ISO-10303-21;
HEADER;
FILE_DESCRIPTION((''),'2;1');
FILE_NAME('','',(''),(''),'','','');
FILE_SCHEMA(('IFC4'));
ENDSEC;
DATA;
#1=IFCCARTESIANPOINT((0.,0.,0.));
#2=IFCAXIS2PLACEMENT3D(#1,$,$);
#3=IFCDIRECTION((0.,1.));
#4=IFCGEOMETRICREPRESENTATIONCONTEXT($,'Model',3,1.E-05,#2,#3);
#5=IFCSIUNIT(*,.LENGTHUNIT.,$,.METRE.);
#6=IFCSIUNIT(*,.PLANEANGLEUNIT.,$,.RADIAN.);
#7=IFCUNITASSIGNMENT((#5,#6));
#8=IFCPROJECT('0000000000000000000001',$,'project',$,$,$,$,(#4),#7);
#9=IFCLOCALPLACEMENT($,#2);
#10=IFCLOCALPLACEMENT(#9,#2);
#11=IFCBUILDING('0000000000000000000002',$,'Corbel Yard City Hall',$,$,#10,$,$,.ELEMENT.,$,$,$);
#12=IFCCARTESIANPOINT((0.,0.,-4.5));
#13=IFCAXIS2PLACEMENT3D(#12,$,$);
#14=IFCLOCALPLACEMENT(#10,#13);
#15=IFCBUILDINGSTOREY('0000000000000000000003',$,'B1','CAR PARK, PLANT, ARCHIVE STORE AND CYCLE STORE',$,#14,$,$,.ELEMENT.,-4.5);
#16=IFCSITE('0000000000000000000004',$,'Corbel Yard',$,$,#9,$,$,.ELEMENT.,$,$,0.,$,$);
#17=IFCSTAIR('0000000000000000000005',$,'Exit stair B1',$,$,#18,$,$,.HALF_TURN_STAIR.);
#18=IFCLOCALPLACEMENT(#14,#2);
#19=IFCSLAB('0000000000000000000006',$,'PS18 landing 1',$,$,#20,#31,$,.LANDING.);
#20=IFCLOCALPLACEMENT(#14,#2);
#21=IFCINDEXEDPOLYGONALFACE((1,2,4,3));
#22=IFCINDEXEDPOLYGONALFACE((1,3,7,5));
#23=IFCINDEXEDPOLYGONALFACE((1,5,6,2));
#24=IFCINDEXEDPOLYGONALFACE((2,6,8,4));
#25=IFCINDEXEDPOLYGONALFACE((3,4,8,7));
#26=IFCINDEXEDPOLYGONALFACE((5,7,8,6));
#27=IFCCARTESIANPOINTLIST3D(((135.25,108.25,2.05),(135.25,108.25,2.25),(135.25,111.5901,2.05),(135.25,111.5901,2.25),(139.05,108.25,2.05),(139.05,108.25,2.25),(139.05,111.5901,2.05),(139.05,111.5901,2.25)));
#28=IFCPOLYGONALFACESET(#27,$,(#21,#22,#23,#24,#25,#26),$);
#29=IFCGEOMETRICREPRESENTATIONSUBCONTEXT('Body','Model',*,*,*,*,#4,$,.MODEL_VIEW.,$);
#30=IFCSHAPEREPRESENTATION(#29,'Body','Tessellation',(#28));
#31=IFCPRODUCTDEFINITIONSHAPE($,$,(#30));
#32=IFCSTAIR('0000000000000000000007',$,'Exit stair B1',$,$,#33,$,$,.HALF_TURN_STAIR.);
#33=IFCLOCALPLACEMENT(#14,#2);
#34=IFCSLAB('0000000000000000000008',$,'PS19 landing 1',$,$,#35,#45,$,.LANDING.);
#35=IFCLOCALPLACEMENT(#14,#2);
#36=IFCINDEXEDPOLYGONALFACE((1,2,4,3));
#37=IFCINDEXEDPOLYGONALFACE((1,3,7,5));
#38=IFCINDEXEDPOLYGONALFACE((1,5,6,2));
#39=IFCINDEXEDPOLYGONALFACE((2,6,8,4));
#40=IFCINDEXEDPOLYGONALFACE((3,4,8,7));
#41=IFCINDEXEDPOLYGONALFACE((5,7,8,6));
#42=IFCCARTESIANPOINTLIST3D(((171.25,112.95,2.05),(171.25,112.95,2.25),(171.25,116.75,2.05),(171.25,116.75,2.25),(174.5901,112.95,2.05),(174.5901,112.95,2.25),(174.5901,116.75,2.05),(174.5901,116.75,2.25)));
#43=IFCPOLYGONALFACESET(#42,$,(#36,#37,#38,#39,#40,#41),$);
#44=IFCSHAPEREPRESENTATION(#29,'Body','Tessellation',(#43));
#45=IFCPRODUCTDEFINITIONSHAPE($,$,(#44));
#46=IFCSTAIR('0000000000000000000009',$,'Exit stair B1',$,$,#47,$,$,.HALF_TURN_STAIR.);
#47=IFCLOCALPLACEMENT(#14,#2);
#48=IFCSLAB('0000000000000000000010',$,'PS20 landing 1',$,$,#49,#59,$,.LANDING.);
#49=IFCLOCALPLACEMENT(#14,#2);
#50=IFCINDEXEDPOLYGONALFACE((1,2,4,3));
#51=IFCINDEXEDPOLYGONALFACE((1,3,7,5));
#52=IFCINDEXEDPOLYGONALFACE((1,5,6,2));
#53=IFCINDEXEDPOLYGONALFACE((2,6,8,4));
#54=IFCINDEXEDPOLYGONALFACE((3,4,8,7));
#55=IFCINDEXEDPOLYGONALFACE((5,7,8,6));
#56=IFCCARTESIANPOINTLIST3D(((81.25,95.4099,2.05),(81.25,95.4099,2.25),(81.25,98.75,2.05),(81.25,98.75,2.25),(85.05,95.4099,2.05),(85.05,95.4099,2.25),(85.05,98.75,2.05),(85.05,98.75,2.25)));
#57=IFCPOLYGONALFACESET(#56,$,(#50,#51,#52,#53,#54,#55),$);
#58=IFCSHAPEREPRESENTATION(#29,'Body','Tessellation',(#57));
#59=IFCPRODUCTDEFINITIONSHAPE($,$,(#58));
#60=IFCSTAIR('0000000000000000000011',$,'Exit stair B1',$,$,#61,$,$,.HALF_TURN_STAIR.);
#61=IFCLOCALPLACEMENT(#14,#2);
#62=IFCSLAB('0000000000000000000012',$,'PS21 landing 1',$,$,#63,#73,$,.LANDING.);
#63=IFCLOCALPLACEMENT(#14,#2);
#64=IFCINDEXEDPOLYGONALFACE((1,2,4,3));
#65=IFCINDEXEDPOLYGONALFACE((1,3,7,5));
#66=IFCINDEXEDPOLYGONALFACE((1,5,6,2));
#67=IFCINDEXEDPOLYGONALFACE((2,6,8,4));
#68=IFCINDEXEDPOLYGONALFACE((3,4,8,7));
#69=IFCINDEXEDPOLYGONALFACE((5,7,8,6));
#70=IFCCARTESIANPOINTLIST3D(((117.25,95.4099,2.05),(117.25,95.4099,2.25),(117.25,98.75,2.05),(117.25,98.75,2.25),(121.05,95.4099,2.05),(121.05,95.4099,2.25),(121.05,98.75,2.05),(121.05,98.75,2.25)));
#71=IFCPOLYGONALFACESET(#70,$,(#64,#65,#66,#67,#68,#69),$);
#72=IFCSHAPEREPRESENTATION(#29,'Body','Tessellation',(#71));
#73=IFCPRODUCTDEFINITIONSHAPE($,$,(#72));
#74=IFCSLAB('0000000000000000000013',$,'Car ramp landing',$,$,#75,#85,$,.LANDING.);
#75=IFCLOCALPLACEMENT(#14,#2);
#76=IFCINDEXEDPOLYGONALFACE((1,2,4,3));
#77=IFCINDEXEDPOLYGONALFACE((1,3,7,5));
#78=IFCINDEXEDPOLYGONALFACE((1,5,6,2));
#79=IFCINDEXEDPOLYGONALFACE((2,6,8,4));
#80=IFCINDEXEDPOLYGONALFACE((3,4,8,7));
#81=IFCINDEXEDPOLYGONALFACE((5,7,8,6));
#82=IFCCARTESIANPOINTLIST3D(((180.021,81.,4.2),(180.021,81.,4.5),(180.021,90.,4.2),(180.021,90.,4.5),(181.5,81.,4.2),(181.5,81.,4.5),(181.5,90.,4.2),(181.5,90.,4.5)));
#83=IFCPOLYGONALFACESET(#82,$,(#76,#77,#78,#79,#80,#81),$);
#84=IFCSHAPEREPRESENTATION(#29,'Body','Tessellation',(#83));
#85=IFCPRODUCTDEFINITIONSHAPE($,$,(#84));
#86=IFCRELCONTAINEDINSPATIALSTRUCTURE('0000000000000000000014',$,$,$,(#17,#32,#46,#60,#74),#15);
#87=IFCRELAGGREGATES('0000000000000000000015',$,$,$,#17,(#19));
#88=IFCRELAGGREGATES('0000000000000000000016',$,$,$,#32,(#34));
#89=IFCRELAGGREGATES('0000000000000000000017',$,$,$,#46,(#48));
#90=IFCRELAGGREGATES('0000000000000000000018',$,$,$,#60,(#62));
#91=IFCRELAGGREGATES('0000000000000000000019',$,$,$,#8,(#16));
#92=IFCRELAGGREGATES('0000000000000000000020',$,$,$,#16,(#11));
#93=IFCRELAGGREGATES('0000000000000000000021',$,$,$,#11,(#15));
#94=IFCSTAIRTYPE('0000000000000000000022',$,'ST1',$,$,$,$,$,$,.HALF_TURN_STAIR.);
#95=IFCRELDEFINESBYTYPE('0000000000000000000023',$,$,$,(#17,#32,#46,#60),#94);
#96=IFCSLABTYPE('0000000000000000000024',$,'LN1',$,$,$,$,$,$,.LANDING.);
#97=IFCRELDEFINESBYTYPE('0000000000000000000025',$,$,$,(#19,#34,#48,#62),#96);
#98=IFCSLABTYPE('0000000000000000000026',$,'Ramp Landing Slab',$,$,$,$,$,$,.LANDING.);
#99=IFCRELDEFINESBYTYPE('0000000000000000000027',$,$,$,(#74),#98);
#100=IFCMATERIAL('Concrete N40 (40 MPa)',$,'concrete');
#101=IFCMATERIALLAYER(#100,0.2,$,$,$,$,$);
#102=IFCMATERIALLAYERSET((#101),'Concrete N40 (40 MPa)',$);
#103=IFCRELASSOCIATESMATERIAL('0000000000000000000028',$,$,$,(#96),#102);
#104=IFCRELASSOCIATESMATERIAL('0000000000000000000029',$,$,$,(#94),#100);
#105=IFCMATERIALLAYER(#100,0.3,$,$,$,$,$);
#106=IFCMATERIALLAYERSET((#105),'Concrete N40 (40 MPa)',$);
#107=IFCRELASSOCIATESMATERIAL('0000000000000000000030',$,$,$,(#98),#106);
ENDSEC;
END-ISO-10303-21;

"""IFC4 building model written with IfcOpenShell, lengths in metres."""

from ifc_helpers import new_model, si_unit, direction, frame, origin, place, context, subcontext, project, spatial, polyline, outline, extrude, material, layer, layer_set, type_object, element, aggregate, save


model = new_model("IFC4")

# Units and contexts
model_context = context("Model", 3, precision=1e-05, world=origin(), true_north=direction((0.0, 1.0)))
body_context = subcontext(model_context, "Body", "Model", "MODEL_VIEW")
ifc_project = project(units=[si_unit("LENGTHUNIT", "METRE"), si_unit("PLANEANGLEUNIT", "RADIAN")], contexts=[model_context])

# Site, building, storey
site_placement = place(None, origin())
site = spatial("IfcSite", under=ifc_project, at=site_placement, Name="Corbel Yard", CompositionType="ELEMENT", RefElevation=0.0)
building_placement = place(site_placement, origin())
building = spatial("IfcBuilding", under=site, at=building_placement, Name="Corbel Yard City Hall", CompositionType="ELEMENT")
storey_placement = place(building_placement, frame((0.0, 0.0, -4.5)))
storey = spatial("IfcBuildingStorey", under=building, at=storey_placement, Name="B1", Description="CAR PARK, PLANT, ARCHIVE STORE AND CYCLE STORE", CompositionType="ELEMENT", Elevation=-4.5)

# Shared definitions
ifc_material = material(Name="Concrete N40 (40 MPa)", Category="concrete")

# Stairs, slabs
ifc_layer_1 = layer(ifc_material, 0.2)
ifc_layer_set_1 = layer_set([ifc_layer_1], Name="Concrete N40 (40 MPa)")
slab_type_1 = type_object("IfcSlabType", Name="LN1", PredefinedType="LANDING", material=ifc_layer_set_1)
stair_type_1 = type_object("IfcStairType", Name="ST1", PredefinedType="HALF_TURN_STAIR", material=ifc_material)
stair_1_placement = place(storey_placement, origin())
stair_1 = element("IfcStair", 1, at=stair_1_placement, inside=storey, type_object=stair_type_1, Name="Exit stair B1", PredefinedType="HALF_TURN_STAIR")
slab_1_placement = place(storey_placement, frame((0.0, 0.0, 2.05)))
slab_1 = element("IfcSlab", 2, at=slab_1_placement, type_object=slab_type_1, Name="PS18 landing 1", PredefinedType="LANDING", context=body_context, shape_type="SweptSolid", body=[
    extrude(outline(polyline([(135.25, 108.25), (139.05, 108.25), (139.05, 111.5901), (135.25, 111.5901), (135.25, 108.25)])), origin(), (0.0, 0.0, 1.0), 0.2),
])
aggregate(stair_1, [slab_1])
stair_2_placement = place(storey_placement, origin())
stair_2 = element("IfcStair", 3, at=stair_2_placement, inside=storey, type_object=stair_type_1, Name="Exit stair B1", PredefinedType="HALF_TURN_STAIR")
slab_2_placement = place(storey_placement, frame((0.0, 0.0, 2.05)))
slab_2 = element("IfcSlab", 4, at=slab_2_placement, type_object=slab_type_1, Name="PS19 landing 1", PredefinedType="LANDING", context=body_context, shape_type="SweptSolid", body=[
    extrude(outline(polyline([(171.25, 112.95), (174.5901, 112.95), (174.5901, 116.75), (171.25, 116.75), (171.25, 112.95)])), origin(), (0.0, 0.0, 1.0), 0.2),
])
aggregate(stair_2, [slab_2])
stair_3_placement = place(storey_placement, origin())
stair_3 = element("IfcStair", 5, at=stair_3_placement, inside=storey, type_object=stair_type_1, Name="Exit stair B1", PredefinedType="HALF_TURN_STAIR")
slab_3_placement = place(storey_placement, frame((0.0, 0.0, 2.05)))
slab_3 = element("IfcSlab", 6, at=slab_3_placement, type_object=slab_type_1, Name="PS20 landing 1", PredefinedType="LANDING", context=body_context, shape_type="SweptSolid", body=[
    extrude(outline(polyline([(81.25, 95.4099), (85.05, 95.4099), (85.05, 98.75), (81.25, 98.75), (81.25, 95.4099)])), origin(), (0.0, 0.0, 1.0), 0.2),
])
aggregate(stair_3, [slab_3])
stair_4_placement = place(storey_placement, origin())
stair_4 = element("IfcStair", 7, at=stair_4_placement, inside=storey, type_object=stair_type_1, Name="Exit stair B1", PredefinedType="HALF_TURN_STAIR")
slab_4_placement = place(storey_placement, frame((0.0, 0.0, 2.05)))
slab_4 = element("IfcSlab", 8, at=slab_4_placement, type_object=slab_type_1, Name="PS21 landing 1", PredefinedType="LANDING", context=body_context, shape_type="SweptSolid", body=[
    extrude(outline(polyline([(117.25, 95.4099), (121.05, 95.4099), (121.05, 98.75), (117.25, 98.75), (117.25, 95.4099)])), origin(), (0.0, 0.0, 1.0), 0.2),
])
aggregate(stair_4, [slab_4])

# Slab
ifc_layer_2 = layer(ifc_material, 0.3)
ifc_layer_set_2 = layer_set([ifc_layer_2], Name="Concrete N40 (40 MPa)")
slab_type_2 = type_object("IfcSlabType", Name="Ramp Landing Slab", PredefinedType="LANDING", material=ifc_layer_set_2)
slab_5_placement = place(storey_placement, frame((0.0, 0.0, 4.2)))
element("IfcSlab", 9, at=slab_5_placement, inside=storey, type_object=slab_type_2, Name="Car ramp landing", PredefinedType="LANDING", context=body_context, shape_type="SweptSolid", body=[
    extrude(outline(polyline([(180.021, 81.0), (181.5, 81.0), (181.5, 90.0), (180.021, 90.0), (180.021, 81.0)])), origin(), (0.0, 0.0, 1.0), 0.3),
])

save(model, "model.ifc")
